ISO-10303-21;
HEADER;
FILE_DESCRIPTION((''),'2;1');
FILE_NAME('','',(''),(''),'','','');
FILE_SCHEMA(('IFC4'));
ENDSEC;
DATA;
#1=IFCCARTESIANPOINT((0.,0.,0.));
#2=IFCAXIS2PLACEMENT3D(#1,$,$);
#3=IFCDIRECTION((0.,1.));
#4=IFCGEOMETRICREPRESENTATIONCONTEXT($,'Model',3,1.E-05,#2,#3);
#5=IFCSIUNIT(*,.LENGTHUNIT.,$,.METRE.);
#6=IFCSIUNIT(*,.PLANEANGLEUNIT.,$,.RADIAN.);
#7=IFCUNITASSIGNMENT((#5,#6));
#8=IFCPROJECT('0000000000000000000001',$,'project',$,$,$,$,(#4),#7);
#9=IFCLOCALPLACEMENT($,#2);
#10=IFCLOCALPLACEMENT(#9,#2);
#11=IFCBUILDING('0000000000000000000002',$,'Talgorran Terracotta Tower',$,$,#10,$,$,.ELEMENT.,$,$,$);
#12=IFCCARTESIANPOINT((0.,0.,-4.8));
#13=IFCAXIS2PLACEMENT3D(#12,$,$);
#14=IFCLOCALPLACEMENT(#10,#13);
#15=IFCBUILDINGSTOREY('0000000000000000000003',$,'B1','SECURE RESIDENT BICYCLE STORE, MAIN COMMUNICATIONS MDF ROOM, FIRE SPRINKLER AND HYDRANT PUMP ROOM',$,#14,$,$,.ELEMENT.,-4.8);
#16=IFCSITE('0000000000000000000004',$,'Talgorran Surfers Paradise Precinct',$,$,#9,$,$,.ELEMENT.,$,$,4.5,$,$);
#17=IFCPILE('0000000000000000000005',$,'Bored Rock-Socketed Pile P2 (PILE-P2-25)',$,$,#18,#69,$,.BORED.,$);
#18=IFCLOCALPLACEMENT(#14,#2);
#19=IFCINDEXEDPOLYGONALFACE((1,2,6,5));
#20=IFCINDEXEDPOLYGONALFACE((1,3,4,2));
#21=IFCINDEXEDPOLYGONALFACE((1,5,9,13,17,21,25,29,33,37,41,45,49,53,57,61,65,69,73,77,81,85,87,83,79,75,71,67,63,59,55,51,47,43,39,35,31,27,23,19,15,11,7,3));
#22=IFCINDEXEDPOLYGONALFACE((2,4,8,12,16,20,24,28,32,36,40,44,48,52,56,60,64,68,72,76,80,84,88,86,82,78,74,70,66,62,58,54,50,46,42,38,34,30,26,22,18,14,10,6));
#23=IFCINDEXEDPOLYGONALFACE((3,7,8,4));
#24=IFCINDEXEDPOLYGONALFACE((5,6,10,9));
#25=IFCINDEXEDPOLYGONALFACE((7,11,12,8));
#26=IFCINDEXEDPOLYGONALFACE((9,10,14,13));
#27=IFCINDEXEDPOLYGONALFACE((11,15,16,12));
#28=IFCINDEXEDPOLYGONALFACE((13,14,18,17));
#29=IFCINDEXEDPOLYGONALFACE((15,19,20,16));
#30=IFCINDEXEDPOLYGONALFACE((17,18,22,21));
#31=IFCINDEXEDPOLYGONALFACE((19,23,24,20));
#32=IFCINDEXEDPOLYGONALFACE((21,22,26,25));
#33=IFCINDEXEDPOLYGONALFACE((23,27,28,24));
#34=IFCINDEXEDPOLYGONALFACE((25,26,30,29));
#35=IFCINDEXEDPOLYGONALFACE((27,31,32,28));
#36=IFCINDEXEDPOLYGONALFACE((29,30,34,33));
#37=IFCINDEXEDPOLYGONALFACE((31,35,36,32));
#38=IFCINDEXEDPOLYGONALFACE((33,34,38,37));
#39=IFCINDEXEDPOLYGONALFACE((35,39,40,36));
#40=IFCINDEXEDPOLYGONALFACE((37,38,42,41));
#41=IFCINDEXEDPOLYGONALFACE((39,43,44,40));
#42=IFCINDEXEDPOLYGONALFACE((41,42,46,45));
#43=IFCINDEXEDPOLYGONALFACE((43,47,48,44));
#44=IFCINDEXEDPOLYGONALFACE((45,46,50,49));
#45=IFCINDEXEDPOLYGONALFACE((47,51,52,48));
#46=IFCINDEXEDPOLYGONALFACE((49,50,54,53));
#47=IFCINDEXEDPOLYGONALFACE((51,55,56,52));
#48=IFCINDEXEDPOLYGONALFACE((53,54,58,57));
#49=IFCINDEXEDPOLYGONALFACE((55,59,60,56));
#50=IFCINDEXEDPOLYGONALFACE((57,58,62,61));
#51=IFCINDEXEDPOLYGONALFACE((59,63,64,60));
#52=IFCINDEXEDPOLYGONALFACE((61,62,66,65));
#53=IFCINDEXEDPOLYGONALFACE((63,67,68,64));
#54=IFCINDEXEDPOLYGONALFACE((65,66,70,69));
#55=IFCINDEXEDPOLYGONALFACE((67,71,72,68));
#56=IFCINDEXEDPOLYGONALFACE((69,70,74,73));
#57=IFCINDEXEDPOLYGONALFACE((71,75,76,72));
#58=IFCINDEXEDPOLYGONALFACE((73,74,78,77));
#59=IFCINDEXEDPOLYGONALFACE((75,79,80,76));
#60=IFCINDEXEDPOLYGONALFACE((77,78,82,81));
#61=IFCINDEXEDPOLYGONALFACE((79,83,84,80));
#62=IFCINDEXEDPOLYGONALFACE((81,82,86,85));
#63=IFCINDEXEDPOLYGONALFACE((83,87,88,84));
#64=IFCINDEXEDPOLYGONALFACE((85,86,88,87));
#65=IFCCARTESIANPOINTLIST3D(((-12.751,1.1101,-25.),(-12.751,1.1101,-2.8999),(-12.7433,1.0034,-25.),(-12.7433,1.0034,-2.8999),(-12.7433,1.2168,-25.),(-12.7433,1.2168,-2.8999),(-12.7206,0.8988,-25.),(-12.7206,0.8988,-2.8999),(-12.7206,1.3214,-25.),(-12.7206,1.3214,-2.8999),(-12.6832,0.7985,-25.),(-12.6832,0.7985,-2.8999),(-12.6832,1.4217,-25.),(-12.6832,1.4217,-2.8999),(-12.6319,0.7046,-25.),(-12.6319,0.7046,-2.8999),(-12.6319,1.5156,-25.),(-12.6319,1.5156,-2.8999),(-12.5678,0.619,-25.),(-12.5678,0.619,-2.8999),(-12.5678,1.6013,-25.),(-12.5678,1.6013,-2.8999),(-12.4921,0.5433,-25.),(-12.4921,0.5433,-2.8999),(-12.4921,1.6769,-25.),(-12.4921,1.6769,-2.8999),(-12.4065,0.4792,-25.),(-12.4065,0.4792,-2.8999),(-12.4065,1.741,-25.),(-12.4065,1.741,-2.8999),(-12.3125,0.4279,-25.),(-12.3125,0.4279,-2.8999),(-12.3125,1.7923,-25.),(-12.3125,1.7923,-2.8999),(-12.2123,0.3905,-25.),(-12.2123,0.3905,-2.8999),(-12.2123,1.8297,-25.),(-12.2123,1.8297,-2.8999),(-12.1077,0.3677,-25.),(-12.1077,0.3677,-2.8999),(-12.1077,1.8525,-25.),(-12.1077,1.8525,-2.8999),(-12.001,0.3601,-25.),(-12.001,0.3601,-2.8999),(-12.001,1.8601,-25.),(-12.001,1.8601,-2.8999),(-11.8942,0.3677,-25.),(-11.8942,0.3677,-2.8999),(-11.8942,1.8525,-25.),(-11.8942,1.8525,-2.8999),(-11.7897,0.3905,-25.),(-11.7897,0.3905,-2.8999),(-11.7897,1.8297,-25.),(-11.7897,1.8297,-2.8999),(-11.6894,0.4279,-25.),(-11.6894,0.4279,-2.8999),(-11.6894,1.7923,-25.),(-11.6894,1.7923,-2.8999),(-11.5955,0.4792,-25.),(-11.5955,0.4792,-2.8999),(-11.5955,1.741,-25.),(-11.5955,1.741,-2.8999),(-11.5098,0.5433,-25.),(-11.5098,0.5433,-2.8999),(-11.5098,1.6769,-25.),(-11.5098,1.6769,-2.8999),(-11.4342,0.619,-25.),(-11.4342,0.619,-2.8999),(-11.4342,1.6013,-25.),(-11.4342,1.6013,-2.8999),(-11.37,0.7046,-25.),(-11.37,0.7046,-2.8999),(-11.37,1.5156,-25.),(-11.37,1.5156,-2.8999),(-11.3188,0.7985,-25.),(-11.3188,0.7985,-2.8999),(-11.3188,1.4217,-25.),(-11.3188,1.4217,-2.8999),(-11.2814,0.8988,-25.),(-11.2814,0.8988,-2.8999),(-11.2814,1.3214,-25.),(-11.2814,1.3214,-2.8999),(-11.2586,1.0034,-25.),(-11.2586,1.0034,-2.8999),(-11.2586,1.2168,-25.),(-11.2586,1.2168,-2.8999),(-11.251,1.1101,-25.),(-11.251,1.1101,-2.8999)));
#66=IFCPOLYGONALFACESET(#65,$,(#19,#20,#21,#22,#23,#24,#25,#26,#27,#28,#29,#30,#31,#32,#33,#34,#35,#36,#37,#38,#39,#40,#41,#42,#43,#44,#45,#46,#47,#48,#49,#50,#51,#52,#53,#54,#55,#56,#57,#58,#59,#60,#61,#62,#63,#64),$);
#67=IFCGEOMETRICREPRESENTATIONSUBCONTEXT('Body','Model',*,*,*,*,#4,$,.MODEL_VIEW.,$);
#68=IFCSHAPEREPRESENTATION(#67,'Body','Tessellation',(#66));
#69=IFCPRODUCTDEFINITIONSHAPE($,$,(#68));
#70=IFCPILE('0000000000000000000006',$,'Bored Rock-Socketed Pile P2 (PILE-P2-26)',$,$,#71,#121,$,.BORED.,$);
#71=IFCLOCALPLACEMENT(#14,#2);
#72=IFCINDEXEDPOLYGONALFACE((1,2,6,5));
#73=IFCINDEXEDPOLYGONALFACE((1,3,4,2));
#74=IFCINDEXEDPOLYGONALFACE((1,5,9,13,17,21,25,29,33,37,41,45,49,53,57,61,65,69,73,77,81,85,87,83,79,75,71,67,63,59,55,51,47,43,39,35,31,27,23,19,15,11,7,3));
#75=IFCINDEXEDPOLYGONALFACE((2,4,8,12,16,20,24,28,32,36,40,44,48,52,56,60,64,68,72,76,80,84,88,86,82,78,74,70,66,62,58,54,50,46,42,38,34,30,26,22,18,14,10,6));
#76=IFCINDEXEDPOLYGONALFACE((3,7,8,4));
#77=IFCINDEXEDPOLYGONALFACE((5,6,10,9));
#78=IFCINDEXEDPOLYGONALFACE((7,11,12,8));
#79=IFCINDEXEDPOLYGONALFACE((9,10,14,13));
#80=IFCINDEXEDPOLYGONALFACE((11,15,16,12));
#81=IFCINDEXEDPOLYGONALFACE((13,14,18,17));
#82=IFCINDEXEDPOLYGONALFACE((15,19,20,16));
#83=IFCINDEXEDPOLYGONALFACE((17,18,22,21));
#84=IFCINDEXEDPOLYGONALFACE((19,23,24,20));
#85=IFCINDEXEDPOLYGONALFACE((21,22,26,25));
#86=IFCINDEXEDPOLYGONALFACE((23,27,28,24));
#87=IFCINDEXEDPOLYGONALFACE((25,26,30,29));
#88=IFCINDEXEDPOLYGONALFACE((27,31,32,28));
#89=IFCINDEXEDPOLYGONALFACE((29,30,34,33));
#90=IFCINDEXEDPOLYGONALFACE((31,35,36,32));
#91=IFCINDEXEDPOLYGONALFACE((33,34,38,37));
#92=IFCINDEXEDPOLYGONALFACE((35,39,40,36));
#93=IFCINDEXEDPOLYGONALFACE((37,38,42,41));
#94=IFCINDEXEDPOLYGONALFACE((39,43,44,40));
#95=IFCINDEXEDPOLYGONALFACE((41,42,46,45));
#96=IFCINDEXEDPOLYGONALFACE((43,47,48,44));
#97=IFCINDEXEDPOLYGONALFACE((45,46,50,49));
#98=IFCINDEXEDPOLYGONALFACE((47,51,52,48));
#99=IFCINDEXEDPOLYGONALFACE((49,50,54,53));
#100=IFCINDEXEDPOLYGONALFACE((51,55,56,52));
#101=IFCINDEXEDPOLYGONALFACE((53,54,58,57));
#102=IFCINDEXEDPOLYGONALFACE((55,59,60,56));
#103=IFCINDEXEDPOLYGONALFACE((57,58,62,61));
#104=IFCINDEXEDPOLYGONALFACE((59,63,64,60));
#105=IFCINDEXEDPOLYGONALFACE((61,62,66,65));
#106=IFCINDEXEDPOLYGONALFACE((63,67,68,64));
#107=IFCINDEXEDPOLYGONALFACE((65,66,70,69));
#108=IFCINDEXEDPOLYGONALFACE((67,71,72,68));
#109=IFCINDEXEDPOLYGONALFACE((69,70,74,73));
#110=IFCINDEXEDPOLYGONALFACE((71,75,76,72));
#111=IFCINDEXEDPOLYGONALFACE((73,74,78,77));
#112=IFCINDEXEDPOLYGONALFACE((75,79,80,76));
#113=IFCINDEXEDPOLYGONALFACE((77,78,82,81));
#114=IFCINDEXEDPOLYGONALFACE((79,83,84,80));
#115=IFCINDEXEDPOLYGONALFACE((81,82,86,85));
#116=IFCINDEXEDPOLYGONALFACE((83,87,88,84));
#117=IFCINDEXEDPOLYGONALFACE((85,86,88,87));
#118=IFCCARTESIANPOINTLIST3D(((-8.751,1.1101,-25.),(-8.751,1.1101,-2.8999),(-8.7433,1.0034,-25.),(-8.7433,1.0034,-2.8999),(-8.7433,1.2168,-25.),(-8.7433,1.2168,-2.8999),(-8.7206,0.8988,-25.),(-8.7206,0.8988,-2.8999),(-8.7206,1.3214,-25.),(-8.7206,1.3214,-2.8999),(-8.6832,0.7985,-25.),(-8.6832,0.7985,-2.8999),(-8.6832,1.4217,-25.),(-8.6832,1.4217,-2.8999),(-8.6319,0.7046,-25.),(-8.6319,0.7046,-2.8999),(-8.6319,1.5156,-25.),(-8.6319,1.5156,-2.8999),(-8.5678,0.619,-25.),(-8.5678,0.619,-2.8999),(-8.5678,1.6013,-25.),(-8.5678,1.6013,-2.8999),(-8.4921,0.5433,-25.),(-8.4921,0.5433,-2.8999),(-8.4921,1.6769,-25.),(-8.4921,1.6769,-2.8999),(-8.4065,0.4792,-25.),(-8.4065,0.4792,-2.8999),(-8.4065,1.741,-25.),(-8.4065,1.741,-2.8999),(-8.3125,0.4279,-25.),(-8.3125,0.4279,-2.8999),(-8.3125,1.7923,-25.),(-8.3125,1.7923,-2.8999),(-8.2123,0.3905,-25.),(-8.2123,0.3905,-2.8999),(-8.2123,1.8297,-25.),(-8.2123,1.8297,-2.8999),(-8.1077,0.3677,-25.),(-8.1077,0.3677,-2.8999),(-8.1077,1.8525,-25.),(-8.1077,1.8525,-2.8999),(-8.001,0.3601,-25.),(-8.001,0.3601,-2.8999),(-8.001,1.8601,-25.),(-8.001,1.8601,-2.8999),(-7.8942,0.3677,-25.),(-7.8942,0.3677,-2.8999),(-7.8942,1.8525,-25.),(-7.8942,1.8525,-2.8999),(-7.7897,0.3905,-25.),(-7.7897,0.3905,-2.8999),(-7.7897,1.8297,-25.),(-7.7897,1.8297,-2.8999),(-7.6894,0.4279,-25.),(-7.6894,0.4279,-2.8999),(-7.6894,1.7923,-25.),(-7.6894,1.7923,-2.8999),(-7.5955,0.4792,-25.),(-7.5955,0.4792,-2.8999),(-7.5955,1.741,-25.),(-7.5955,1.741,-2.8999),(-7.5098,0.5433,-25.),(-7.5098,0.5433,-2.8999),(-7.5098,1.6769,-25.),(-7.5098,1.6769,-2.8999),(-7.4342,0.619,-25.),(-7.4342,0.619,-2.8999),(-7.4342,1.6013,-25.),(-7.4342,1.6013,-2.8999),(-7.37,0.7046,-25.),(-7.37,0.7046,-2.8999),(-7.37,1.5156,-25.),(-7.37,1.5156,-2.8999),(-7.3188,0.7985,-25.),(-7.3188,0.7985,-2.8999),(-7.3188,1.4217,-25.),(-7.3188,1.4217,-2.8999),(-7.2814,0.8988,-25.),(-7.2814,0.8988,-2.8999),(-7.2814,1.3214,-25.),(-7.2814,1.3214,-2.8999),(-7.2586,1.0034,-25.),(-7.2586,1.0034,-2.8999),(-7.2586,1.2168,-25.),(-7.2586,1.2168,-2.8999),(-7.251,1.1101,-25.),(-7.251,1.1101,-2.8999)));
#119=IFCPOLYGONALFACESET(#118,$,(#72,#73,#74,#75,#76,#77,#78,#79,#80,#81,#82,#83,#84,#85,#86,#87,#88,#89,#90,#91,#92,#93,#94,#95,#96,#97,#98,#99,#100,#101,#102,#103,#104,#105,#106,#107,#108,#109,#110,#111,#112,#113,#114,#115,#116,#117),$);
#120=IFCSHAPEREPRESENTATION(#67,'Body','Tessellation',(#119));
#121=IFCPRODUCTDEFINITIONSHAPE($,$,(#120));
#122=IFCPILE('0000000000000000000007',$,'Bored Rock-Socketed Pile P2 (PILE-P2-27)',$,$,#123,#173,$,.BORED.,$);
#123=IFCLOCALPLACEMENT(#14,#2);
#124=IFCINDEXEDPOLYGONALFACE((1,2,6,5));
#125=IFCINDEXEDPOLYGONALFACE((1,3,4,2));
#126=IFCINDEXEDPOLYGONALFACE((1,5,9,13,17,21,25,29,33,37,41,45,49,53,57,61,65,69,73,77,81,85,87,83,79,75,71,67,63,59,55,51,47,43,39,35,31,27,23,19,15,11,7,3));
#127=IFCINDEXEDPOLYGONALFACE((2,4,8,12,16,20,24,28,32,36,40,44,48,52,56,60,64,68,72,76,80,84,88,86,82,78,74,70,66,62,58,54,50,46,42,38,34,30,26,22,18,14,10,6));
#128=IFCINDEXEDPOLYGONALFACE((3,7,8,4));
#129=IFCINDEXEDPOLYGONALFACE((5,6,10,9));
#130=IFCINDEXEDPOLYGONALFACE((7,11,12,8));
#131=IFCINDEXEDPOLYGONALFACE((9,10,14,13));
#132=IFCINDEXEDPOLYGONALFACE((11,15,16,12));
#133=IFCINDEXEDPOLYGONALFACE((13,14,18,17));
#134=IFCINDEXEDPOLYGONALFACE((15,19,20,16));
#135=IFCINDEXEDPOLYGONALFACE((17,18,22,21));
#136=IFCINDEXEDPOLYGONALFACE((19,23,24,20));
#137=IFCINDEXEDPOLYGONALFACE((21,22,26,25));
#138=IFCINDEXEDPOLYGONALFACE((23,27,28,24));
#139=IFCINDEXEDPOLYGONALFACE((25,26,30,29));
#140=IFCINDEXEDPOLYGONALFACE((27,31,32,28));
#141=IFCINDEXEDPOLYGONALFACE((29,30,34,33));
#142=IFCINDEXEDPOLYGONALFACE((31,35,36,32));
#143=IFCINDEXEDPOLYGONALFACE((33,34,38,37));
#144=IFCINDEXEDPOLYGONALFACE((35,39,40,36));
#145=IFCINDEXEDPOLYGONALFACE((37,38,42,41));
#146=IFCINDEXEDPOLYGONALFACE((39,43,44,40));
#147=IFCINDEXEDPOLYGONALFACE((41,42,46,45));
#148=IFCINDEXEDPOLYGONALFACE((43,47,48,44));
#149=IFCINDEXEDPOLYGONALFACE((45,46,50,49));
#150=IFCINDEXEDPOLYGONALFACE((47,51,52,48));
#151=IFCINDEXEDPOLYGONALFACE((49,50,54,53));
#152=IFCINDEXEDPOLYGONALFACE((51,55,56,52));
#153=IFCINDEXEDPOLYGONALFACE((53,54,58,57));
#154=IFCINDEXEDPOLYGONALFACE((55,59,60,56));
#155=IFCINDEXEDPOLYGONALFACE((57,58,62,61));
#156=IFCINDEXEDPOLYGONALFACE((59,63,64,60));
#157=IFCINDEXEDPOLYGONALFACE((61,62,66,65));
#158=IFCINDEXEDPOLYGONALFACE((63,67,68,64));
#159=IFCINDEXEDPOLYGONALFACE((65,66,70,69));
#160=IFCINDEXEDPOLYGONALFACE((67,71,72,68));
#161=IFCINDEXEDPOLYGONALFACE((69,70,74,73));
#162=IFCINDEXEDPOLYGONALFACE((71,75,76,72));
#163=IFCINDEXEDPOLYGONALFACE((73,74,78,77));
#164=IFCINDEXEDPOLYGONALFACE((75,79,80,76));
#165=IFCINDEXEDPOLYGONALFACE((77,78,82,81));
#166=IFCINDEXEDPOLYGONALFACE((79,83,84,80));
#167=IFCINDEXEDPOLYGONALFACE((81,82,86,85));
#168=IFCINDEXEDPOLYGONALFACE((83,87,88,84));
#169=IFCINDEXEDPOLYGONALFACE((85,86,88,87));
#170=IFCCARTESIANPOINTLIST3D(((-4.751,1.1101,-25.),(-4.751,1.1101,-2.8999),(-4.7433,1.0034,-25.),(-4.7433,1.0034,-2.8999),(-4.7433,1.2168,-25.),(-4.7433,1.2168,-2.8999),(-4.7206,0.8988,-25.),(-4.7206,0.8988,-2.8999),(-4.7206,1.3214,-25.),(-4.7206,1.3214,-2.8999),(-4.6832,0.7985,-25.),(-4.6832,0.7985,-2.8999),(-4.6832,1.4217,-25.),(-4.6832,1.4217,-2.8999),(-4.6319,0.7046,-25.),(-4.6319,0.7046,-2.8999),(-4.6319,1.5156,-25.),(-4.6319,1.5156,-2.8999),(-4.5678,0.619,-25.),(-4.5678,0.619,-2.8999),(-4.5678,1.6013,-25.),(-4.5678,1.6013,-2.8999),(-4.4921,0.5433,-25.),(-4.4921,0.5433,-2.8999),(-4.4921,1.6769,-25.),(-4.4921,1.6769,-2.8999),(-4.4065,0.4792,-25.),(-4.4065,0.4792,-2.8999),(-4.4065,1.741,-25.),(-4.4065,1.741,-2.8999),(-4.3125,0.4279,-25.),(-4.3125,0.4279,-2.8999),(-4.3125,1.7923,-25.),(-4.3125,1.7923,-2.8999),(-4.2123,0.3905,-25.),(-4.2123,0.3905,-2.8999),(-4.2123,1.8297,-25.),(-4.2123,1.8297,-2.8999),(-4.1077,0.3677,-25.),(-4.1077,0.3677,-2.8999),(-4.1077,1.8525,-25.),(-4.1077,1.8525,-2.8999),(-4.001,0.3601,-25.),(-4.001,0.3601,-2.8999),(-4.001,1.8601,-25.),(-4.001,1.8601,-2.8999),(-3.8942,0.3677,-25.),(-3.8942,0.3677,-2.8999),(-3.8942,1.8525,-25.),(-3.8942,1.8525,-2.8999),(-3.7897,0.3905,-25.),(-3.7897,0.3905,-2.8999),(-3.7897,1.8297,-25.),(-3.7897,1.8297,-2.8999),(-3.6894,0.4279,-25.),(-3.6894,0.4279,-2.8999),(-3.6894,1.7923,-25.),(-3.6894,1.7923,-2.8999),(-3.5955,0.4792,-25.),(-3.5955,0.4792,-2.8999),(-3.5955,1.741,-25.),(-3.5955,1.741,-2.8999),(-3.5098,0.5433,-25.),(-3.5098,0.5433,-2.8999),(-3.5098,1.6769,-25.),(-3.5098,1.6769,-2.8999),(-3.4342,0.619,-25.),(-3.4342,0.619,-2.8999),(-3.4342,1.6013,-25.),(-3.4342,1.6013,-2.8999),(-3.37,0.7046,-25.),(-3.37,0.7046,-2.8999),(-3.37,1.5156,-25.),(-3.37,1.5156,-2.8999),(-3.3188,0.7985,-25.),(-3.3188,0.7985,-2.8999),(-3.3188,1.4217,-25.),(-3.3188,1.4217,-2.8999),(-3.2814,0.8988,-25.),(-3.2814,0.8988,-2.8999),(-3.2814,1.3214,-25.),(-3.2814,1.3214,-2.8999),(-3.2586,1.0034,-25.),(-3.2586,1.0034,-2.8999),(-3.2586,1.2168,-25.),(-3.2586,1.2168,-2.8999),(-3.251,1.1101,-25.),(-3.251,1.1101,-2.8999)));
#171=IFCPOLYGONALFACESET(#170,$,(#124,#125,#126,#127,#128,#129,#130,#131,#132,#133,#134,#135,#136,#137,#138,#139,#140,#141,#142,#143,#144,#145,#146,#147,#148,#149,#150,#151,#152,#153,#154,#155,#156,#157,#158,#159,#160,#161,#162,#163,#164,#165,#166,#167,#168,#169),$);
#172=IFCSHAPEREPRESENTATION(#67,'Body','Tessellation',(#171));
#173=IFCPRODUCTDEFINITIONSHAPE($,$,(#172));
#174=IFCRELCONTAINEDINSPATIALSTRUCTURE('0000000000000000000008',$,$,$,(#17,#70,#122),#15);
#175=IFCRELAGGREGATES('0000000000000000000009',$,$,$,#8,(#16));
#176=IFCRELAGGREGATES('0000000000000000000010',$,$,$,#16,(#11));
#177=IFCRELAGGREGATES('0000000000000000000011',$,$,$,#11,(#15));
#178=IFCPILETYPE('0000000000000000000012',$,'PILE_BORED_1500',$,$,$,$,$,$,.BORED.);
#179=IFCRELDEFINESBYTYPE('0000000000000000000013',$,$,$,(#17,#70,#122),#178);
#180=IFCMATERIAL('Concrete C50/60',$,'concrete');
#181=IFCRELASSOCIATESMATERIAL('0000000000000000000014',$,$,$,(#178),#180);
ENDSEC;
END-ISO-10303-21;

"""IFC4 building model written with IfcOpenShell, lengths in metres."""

from ifc_helpers import new_model, si_unit, direction, frame, origin, origin_2d, place, context, subcontext, project, spatial, circle, extrude, material, material_profile, profile_set, type_object, element, save


model = new_model("IFC4")

# Units and contexts
model_context = context("Model", 3, precision=1e-05, world=origin(), true_north=direction((0.0, 1.0)))
body_context = subcontext(model_context, "Body", "Model", "MODEL_VIEW")
ifc_project = project(units=[si_unit("LENGTHUNIT", "METRE"), si_unit("PLANEANGLEUNIT", "RADIAN")], contexts=[model_context])

# Site, building, storey
site_placement = place(None, origin())
site = spatial("IfcSite", under=ifc_project, at=site_placement, Name="Talgorran Surfers Paradise Precinct", CompositionType="ELEMENT", RefElevation=4.5)
building_placement = place(site_placement, origin())
building = spatial("IfcBuilding", under=site, at=building_placement, Name="Talgorran Terracotta Tower", CompositionType="ELEMENT")
storey_placement = place(building_placement, frame((0.0, 0.0, -4.8)))
storey = spatial("IfcBuildingStorey", under=building, at=storey_placement, Name="B1", Description="SECURE RESIDENT BICYCLE STORE, MAIN COMMUNICATIONS MDF ROOM, FIRE SPRINKLER AND HYDRANT PUMP ROOM", CompositionType="ELEMENT", Elevation=-4.8)

# Shared definitions
ifc_material_1 = material(Name="Concrete C50/60", Category="concrete")

# Piles
ifc_material_profile_1 = material_profile(ifc_material_1, circle(Radius=0.75, at=origin_2d()), Name="PILE1500")
ifc_profile_set_1 = profile_set([ifc_material_profile_1], Name="Concrete C50/60")
pile_type_1 = type_object("IfcPileType", Name="PILE_BORED_1500", PredefinedType="BORED", material=ifc_profile_set_1)
for number, where, z_axis, x_axis, name in (
    (1, (-12.001, 1.1101, -2.8999), (0.0, 0.0, -1.0), (1.0, 0.0, 0.0), "Bored Rock-Socketed Pile P2 (PILE-P2-25)"),
    (2, (-8.001, 1.1101, -2.8999), (0.0, 0.0, -1.0), (1.0, 0.0, 0.0), "Bored Rock-Socketed Pile P2 (PILE-P2-26)"),
    (3, (-4.001, 1.1101, -2.8999), (0.0, 0.0, -1.0), (1.0, 0.0, 0.0), "Bored Rock-Socketed Pile P2 (PILE-P2-27)"),
):
    element("IfcPile", number, at=place(storey_placement, frame(where, z_axis=z_axis, x_axis=x_axis)), inside=storey, type_object=pile_type_1, Name=name, PredefinedType="BORED", context=body_context, shape_type="SweptSolid", body=[
        extrude(circle(Radius=0.75, at=origin_2d()), origin(), (0.0, 0.0, 1.0), 22.1001),
    ])

save(model, "model.ifc")
